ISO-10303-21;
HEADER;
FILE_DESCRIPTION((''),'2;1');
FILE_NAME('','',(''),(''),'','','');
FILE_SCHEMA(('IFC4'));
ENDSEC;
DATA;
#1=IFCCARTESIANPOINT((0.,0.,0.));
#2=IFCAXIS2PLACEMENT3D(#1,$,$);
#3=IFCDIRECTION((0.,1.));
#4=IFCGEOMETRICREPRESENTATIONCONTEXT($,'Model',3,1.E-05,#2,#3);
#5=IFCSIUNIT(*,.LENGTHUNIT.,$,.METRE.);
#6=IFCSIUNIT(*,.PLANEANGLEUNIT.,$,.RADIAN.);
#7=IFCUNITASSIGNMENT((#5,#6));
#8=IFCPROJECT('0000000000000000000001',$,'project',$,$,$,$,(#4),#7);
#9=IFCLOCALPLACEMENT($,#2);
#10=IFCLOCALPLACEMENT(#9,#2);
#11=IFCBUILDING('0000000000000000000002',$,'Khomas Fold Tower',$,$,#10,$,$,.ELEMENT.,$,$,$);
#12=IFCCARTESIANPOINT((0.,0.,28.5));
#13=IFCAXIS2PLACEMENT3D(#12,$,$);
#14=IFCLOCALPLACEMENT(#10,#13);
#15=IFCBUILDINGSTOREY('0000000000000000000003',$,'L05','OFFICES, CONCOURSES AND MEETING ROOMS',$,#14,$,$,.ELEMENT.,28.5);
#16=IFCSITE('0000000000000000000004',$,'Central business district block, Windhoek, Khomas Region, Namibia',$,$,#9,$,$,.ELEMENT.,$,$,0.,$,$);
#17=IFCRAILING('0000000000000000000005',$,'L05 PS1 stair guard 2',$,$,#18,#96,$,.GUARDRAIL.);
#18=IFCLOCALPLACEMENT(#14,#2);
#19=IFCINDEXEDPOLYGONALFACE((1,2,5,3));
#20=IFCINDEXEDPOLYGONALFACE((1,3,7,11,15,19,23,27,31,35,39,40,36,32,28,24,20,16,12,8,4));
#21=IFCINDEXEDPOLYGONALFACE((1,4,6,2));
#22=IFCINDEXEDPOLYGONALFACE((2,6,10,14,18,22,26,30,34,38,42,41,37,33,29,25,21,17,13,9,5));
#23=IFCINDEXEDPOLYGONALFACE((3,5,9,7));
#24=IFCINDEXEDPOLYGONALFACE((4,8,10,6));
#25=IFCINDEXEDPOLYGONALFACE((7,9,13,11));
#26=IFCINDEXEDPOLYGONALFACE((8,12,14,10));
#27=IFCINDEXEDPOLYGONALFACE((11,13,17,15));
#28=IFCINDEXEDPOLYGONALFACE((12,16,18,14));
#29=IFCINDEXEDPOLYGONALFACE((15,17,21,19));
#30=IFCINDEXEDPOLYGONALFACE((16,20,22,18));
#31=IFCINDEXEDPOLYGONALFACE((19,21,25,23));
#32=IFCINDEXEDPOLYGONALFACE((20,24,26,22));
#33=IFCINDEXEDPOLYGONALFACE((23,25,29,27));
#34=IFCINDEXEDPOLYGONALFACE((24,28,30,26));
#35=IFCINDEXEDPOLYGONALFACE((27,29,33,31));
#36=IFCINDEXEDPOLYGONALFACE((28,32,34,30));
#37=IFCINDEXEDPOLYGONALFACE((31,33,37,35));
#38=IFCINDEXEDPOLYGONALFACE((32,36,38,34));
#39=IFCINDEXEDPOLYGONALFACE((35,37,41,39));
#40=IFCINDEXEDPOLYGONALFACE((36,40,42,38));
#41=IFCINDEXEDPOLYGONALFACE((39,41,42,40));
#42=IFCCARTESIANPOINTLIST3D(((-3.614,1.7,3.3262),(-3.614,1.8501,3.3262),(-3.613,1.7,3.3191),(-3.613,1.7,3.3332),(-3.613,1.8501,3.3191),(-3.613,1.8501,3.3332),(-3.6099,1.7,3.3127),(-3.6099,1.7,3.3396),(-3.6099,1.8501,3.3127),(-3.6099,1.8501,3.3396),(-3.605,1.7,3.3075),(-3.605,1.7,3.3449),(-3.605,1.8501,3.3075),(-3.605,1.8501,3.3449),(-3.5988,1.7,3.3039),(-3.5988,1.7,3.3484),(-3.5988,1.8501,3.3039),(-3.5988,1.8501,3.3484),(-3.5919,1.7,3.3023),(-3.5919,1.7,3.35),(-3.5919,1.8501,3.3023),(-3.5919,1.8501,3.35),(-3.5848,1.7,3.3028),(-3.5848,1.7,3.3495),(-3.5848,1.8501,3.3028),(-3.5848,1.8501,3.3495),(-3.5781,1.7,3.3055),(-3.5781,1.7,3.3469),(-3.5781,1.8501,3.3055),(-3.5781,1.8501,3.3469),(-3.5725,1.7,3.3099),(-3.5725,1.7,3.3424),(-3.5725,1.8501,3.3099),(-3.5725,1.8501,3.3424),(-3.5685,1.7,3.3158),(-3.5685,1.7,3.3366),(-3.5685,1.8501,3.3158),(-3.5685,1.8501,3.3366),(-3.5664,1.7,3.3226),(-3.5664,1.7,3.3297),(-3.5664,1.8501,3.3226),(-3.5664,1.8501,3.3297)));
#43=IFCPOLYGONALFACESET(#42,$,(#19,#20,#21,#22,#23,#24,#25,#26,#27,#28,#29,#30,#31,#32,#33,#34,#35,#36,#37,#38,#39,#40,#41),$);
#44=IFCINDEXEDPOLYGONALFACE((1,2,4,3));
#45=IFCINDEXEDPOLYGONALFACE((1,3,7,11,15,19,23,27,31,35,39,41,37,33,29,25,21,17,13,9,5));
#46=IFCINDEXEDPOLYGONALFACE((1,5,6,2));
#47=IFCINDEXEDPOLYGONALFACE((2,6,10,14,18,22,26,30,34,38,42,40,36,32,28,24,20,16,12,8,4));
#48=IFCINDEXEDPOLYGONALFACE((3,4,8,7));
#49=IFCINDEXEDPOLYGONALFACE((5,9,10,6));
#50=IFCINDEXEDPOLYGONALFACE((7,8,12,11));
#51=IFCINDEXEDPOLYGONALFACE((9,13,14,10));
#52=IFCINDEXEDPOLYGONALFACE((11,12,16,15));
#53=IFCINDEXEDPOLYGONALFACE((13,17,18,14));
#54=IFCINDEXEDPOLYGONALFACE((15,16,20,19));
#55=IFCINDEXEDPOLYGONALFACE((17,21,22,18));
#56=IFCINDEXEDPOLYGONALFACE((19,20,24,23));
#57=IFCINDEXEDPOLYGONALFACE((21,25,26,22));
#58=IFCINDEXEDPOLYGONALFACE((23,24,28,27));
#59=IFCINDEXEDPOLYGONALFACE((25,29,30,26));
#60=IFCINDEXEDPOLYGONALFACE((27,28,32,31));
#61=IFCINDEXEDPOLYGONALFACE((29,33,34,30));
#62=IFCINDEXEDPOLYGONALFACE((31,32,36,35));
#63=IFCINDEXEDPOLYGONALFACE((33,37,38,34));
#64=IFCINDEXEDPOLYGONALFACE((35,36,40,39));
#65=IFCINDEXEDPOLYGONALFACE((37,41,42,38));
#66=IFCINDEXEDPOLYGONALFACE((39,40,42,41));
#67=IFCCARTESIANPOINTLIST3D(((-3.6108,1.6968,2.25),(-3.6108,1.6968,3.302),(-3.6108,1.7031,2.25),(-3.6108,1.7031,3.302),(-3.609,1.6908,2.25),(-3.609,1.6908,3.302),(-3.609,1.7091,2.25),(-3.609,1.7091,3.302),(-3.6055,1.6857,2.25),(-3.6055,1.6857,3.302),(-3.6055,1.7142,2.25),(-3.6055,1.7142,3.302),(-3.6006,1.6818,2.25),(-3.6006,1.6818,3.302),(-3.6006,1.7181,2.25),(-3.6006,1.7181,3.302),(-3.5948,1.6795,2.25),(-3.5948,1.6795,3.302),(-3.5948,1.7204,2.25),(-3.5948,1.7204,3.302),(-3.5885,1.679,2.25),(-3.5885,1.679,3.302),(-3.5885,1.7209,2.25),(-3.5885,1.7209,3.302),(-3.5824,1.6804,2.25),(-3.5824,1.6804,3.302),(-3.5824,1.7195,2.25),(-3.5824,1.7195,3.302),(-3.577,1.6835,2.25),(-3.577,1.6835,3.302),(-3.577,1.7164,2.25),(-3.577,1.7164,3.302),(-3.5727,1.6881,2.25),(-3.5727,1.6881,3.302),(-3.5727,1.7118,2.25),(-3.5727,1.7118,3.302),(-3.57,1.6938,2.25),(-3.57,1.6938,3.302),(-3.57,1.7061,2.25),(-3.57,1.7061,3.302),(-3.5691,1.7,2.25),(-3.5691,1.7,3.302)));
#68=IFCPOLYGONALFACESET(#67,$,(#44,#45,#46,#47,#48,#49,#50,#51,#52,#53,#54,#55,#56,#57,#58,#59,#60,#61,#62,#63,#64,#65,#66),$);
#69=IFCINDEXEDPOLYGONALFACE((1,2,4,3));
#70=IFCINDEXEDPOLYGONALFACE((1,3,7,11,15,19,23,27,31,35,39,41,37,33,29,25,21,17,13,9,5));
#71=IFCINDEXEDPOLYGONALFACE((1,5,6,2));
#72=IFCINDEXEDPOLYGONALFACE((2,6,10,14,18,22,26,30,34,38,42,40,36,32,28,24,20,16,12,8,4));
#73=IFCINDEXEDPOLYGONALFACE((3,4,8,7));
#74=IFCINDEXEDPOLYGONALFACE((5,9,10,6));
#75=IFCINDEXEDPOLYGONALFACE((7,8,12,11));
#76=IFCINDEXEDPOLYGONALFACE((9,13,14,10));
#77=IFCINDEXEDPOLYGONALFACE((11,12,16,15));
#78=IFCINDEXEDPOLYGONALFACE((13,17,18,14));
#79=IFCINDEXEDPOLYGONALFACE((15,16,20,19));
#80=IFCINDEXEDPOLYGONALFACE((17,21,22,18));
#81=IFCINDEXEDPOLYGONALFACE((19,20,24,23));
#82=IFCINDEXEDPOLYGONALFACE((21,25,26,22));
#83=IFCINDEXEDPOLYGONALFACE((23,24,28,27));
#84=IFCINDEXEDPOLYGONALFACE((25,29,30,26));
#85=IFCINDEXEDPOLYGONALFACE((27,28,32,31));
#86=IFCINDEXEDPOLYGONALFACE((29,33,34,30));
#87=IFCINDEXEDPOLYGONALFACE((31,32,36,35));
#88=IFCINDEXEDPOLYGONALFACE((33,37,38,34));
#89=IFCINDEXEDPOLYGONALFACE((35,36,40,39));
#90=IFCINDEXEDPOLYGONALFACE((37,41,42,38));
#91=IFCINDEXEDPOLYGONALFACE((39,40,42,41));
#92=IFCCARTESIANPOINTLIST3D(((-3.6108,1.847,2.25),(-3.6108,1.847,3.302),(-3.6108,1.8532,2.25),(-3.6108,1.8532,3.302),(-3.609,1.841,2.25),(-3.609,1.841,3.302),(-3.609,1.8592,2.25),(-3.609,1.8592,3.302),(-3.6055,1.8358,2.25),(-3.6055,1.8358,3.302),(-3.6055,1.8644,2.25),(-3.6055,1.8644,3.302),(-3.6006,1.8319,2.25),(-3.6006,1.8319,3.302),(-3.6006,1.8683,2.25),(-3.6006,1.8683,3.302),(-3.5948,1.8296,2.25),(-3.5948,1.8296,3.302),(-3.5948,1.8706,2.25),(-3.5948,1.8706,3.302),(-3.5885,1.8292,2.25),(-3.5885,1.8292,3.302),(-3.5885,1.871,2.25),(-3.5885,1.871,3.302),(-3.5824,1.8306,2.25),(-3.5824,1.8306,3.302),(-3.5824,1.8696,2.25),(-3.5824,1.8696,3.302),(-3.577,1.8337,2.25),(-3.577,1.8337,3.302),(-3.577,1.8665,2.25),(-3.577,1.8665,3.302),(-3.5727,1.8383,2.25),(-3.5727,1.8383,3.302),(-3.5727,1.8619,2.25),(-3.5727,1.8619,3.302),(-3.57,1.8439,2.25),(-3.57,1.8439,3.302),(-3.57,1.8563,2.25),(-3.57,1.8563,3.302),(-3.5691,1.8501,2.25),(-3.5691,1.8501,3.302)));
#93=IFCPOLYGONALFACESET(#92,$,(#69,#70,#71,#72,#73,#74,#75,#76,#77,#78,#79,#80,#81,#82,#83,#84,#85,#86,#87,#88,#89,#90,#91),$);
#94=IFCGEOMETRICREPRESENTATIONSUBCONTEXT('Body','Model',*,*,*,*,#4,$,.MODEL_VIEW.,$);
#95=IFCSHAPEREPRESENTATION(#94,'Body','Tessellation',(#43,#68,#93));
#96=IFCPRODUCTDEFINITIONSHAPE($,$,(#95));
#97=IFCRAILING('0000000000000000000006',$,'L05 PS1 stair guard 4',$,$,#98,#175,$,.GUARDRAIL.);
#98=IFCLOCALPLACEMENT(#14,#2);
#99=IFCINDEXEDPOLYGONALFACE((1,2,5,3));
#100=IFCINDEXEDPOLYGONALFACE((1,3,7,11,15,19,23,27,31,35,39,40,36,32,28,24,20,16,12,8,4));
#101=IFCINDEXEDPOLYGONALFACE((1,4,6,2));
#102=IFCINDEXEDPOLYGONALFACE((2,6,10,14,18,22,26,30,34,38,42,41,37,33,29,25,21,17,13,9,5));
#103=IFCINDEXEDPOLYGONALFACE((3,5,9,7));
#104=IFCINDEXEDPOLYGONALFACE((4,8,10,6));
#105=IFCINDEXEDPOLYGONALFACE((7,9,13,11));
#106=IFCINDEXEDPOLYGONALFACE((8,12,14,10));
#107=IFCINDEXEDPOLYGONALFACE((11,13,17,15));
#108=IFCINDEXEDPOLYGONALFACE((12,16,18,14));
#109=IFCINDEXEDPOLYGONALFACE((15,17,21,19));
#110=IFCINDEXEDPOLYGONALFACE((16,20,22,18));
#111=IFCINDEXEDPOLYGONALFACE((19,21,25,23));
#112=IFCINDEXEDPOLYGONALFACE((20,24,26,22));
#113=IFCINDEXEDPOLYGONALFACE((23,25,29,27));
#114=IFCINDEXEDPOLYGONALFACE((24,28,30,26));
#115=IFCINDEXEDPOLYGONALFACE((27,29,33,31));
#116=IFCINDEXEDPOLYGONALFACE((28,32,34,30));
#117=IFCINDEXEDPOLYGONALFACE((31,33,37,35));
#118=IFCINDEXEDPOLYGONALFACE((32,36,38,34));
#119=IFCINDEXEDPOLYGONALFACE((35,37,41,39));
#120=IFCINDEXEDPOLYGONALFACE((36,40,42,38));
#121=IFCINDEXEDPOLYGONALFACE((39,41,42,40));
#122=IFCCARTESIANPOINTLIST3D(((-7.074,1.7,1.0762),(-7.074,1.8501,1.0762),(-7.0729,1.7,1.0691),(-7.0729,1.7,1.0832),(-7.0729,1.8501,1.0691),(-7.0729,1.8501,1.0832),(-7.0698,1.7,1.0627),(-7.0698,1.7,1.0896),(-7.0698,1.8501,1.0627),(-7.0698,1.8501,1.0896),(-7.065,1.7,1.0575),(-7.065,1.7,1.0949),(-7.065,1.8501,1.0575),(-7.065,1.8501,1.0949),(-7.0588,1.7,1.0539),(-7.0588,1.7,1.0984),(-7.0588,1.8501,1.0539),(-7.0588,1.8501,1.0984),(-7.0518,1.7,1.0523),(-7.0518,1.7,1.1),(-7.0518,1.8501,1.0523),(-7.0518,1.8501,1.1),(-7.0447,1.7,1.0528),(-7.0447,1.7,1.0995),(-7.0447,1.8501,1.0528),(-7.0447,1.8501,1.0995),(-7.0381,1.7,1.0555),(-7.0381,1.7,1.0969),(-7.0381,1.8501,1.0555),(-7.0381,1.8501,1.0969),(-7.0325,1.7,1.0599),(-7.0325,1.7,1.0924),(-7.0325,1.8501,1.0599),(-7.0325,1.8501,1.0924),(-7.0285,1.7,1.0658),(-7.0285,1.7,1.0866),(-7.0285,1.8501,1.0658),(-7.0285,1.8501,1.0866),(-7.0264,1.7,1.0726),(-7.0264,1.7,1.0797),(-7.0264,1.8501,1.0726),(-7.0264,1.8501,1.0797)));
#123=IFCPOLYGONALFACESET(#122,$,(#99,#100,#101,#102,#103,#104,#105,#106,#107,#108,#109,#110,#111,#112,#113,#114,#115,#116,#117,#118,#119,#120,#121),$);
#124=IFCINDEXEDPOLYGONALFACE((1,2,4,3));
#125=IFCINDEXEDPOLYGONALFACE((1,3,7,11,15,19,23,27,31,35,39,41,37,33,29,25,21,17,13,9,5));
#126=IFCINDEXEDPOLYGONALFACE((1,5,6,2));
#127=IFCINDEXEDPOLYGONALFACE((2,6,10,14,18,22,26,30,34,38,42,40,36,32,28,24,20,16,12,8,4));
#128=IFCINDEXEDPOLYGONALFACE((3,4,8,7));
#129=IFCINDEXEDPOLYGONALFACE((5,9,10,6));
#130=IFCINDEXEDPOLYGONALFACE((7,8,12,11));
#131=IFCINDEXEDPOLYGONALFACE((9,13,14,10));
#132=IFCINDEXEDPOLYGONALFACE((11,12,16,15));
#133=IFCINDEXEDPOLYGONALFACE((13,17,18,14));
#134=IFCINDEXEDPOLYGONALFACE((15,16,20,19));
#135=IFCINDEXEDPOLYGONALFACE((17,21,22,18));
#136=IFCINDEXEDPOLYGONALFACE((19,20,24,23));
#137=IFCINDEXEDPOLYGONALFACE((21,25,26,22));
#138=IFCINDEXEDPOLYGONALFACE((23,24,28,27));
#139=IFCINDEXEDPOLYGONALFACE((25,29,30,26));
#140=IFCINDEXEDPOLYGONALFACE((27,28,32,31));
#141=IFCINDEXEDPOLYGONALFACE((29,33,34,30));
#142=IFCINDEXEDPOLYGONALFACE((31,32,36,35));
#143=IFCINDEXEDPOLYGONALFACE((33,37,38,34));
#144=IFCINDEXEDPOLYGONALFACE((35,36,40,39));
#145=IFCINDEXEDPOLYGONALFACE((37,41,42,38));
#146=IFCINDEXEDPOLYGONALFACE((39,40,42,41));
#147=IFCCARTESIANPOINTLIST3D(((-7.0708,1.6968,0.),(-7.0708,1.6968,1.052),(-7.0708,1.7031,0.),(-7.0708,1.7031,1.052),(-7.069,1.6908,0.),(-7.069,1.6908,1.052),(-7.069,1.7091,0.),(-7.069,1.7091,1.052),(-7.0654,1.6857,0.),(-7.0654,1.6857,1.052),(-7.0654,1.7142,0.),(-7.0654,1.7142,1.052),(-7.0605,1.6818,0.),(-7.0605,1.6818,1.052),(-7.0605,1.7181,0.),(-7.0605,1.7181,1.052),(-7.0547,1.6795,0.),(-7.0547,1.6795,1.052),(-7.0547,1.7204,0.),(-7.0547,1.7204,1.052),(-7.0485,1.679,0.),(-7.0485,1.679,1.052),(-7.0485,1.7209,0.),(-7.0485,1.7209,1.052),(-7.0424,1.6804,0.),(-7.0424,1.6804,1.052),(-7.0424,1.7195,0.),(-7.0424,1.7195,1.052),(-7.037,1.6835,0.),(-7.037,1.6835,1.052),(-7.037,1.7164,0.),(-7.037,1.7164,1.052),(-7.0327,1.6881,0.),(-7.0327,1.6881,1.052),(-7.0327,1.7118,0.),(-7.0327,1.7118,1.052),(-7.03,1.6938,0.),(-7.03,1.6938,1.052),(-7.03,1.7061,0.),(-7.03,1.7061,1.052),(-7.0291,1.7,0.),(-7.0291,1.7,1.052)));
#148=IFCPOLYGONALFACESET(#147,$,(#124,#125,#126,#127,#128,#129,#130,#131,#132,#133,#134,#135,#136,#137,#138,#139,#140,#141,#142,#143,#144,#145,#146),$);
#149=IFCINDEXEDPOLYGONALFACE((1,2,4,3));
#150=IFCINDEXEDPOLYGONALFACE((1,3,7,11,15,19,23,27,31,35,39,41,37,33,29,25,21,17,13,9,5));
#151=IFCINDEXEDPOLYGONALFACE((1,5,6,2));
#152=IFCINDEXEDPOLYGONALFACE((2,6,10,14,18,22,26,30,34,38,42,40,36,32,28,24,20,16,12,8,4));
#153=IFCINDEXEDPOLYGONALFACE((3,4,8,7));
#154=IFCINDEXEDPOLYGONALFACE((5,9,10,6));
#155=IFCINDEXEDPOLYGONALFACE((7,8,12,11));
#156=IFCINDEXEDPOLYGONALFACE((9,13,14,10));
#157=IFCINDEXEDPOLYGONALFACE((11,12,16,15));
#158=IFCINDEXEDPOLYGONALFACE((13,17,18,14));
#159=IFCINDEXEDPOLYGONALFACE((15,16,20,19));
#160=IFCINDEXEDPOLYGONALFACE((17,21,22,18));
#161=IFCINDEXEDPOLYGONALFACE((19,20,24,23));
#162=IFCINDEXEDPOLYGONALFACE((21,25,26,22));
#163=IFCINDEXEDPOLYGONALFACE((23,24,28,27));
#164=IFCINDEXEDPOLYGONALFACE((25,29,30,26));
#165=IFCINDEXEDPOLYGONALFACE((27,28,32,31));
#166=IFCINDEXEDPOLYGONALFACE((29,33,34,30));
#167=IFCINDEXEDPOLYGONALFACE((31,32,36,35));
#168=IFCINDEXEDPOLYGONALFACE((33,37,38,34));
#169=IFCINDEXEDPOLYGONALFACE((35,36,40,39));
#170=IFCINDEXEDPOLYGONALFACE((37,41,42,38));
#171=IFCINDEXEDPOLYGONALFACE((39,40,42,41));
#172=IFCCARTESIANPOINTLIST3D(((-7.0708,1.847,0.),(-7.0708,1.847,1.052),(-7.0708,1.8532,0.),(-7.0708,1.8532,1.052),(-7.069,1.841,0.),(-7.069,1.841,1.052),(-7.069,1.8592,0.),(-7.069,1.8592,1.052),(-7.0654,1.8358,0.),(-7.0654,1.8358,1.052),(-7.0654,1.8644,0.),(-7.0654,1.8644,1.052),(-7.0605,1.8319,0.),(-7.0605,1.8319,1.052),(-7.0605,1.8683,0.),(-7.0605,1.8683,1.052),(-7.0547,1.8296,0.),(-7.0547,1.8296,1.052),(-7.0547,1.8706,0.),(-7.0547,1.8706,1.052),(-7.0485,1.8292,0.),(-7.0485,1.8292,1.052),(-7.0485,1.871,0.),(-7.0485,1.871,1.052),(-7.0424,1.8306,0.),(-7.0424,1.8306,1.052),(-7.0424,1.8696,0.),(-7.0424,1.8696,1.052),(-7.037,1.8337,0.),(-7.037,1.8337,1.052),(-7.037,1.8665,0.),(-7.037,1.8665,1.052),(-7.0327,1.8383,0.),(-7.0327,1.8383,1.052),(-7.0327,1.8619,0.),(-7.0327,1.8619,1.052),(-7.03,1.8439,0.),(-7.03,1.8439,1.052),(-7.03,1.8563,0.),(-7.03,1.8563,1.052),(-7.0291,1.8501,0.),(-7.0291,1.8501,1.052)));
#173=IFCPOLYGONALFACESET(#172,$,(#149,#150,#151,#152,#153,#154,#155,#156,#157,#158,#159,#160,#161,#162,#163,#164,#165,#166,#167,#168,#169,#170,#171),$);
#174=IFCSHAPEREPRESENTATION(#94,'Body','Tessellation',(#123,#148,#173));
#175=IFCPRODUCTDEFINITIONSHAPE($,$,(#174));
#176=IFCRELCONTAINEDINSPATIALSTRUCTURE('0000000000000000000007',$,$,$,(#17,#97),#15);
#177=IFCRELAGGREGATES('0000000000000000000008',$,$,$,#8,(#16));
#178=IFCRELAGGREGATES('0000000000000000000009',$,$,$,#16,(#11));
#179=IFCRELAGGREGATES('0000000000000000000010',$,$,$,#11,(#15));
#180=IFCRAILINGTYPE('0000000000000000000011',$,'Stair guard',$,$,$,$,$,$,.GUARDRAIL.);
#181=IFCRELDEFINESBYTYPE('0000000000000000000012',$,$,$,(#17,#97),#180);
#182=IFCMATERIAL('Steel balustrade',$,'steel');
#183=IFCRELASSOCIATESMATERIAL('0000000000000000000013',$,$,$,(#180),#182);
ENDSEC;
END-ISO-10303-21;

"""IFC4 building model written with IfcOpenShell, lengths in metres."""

from ifc_helpers import new_model, si_unit, direction, frame, origin, origin_2d, place, context, subcontext, project, spatial, circle, extrude, source, transform, mapped, material, type_object, element, save


model = new_model("IFC4")

# Units and contexts
model_context = context("Model", 3, precision=1e-05, world=origin(), true_north=direction((0.0, 1.0)))
body_context = subcontext(model_context, "Body", "Model", "MODEL_VIEW")
ifc_project = project(units=[si_unit("LENGTHUNIT", "METRE"), si_unit("PLANEANGLEUNIT", "RADIAN")], contexts=[model_context])

# Site, building, storey
site_placement = place(None, origin())
site = spatial("IfcSite", under=ifc_project, at=site_placement, Name="Central business district block, Windhoek, Khomas Region, Namibia", CompositionType="ELEMENT", RefElevation=0.0)
building_placement = place(site_placement, origin())
building = spatial("IfcBuilding", under=site, at=building_placement, Name="Khomas Fold Tower", CompositionType="ELEMENT")
storey_placement = place(building_placement, frame((0.0, 0.0, 28.5)))
storey = spatial("IfcBuildingStorey", under=building, at=storey_placement, Name="L05", Description="OFFICES, CONCOURSES AND MEETING ROOMS", CompositionType="ELEMENT", Elevation=28.5)

# Railings
ifc_material_1 = material(Name="Steel balustrade", Category="steel")
railing_type_1 = type_object("IfcRailingType", Name="Stair guard", PredefinedType="GUARDRAIL", material=ifc_material_1)
shared_shape_1 = source(origin(), body_context, "Body", "SweptSolid", [
    extrude(circle(Radius=0.0239, at=origin_2d()), frame((0.0, 0.0, 1.0762), z_axis=(0.0, 1.0, 0.0), x_axis=(-1.0, 0.0, 0.0)), (0.0, 0.0, 1.0), 0.1501),
    extrude(circle(Radius=0.021, at=origin_2d()), origin(), (0.0, 0.0, 1.0), 1.052),
    extrude(circle(Radius=0.021, at=origin_2d()), frame((0.0, 0.1501, 0.0)), (0.0, 0.0, 1.0), 1.052),
])
for number, where, name in (
    (1, (-3.5901, 1.7, 2.25), "L05 PS1 stair guard 2"),
    (2, (-7.05, 1.7, 0.0), "L05 PS1 stair guard 4"),
):
    element("IfcRailing", number, at=place(storey_placement, frame(where)), inside=storey, type_object=railing_type_1, Name=name, PredefinedType="GUARDRAIL", context=body_context, shape_type="MappedRepresentation", body=[
        mapped(shared_shape_1, transform((0.0, 0.0, 0.0))),
    ])

save(model, "model.ifc")
